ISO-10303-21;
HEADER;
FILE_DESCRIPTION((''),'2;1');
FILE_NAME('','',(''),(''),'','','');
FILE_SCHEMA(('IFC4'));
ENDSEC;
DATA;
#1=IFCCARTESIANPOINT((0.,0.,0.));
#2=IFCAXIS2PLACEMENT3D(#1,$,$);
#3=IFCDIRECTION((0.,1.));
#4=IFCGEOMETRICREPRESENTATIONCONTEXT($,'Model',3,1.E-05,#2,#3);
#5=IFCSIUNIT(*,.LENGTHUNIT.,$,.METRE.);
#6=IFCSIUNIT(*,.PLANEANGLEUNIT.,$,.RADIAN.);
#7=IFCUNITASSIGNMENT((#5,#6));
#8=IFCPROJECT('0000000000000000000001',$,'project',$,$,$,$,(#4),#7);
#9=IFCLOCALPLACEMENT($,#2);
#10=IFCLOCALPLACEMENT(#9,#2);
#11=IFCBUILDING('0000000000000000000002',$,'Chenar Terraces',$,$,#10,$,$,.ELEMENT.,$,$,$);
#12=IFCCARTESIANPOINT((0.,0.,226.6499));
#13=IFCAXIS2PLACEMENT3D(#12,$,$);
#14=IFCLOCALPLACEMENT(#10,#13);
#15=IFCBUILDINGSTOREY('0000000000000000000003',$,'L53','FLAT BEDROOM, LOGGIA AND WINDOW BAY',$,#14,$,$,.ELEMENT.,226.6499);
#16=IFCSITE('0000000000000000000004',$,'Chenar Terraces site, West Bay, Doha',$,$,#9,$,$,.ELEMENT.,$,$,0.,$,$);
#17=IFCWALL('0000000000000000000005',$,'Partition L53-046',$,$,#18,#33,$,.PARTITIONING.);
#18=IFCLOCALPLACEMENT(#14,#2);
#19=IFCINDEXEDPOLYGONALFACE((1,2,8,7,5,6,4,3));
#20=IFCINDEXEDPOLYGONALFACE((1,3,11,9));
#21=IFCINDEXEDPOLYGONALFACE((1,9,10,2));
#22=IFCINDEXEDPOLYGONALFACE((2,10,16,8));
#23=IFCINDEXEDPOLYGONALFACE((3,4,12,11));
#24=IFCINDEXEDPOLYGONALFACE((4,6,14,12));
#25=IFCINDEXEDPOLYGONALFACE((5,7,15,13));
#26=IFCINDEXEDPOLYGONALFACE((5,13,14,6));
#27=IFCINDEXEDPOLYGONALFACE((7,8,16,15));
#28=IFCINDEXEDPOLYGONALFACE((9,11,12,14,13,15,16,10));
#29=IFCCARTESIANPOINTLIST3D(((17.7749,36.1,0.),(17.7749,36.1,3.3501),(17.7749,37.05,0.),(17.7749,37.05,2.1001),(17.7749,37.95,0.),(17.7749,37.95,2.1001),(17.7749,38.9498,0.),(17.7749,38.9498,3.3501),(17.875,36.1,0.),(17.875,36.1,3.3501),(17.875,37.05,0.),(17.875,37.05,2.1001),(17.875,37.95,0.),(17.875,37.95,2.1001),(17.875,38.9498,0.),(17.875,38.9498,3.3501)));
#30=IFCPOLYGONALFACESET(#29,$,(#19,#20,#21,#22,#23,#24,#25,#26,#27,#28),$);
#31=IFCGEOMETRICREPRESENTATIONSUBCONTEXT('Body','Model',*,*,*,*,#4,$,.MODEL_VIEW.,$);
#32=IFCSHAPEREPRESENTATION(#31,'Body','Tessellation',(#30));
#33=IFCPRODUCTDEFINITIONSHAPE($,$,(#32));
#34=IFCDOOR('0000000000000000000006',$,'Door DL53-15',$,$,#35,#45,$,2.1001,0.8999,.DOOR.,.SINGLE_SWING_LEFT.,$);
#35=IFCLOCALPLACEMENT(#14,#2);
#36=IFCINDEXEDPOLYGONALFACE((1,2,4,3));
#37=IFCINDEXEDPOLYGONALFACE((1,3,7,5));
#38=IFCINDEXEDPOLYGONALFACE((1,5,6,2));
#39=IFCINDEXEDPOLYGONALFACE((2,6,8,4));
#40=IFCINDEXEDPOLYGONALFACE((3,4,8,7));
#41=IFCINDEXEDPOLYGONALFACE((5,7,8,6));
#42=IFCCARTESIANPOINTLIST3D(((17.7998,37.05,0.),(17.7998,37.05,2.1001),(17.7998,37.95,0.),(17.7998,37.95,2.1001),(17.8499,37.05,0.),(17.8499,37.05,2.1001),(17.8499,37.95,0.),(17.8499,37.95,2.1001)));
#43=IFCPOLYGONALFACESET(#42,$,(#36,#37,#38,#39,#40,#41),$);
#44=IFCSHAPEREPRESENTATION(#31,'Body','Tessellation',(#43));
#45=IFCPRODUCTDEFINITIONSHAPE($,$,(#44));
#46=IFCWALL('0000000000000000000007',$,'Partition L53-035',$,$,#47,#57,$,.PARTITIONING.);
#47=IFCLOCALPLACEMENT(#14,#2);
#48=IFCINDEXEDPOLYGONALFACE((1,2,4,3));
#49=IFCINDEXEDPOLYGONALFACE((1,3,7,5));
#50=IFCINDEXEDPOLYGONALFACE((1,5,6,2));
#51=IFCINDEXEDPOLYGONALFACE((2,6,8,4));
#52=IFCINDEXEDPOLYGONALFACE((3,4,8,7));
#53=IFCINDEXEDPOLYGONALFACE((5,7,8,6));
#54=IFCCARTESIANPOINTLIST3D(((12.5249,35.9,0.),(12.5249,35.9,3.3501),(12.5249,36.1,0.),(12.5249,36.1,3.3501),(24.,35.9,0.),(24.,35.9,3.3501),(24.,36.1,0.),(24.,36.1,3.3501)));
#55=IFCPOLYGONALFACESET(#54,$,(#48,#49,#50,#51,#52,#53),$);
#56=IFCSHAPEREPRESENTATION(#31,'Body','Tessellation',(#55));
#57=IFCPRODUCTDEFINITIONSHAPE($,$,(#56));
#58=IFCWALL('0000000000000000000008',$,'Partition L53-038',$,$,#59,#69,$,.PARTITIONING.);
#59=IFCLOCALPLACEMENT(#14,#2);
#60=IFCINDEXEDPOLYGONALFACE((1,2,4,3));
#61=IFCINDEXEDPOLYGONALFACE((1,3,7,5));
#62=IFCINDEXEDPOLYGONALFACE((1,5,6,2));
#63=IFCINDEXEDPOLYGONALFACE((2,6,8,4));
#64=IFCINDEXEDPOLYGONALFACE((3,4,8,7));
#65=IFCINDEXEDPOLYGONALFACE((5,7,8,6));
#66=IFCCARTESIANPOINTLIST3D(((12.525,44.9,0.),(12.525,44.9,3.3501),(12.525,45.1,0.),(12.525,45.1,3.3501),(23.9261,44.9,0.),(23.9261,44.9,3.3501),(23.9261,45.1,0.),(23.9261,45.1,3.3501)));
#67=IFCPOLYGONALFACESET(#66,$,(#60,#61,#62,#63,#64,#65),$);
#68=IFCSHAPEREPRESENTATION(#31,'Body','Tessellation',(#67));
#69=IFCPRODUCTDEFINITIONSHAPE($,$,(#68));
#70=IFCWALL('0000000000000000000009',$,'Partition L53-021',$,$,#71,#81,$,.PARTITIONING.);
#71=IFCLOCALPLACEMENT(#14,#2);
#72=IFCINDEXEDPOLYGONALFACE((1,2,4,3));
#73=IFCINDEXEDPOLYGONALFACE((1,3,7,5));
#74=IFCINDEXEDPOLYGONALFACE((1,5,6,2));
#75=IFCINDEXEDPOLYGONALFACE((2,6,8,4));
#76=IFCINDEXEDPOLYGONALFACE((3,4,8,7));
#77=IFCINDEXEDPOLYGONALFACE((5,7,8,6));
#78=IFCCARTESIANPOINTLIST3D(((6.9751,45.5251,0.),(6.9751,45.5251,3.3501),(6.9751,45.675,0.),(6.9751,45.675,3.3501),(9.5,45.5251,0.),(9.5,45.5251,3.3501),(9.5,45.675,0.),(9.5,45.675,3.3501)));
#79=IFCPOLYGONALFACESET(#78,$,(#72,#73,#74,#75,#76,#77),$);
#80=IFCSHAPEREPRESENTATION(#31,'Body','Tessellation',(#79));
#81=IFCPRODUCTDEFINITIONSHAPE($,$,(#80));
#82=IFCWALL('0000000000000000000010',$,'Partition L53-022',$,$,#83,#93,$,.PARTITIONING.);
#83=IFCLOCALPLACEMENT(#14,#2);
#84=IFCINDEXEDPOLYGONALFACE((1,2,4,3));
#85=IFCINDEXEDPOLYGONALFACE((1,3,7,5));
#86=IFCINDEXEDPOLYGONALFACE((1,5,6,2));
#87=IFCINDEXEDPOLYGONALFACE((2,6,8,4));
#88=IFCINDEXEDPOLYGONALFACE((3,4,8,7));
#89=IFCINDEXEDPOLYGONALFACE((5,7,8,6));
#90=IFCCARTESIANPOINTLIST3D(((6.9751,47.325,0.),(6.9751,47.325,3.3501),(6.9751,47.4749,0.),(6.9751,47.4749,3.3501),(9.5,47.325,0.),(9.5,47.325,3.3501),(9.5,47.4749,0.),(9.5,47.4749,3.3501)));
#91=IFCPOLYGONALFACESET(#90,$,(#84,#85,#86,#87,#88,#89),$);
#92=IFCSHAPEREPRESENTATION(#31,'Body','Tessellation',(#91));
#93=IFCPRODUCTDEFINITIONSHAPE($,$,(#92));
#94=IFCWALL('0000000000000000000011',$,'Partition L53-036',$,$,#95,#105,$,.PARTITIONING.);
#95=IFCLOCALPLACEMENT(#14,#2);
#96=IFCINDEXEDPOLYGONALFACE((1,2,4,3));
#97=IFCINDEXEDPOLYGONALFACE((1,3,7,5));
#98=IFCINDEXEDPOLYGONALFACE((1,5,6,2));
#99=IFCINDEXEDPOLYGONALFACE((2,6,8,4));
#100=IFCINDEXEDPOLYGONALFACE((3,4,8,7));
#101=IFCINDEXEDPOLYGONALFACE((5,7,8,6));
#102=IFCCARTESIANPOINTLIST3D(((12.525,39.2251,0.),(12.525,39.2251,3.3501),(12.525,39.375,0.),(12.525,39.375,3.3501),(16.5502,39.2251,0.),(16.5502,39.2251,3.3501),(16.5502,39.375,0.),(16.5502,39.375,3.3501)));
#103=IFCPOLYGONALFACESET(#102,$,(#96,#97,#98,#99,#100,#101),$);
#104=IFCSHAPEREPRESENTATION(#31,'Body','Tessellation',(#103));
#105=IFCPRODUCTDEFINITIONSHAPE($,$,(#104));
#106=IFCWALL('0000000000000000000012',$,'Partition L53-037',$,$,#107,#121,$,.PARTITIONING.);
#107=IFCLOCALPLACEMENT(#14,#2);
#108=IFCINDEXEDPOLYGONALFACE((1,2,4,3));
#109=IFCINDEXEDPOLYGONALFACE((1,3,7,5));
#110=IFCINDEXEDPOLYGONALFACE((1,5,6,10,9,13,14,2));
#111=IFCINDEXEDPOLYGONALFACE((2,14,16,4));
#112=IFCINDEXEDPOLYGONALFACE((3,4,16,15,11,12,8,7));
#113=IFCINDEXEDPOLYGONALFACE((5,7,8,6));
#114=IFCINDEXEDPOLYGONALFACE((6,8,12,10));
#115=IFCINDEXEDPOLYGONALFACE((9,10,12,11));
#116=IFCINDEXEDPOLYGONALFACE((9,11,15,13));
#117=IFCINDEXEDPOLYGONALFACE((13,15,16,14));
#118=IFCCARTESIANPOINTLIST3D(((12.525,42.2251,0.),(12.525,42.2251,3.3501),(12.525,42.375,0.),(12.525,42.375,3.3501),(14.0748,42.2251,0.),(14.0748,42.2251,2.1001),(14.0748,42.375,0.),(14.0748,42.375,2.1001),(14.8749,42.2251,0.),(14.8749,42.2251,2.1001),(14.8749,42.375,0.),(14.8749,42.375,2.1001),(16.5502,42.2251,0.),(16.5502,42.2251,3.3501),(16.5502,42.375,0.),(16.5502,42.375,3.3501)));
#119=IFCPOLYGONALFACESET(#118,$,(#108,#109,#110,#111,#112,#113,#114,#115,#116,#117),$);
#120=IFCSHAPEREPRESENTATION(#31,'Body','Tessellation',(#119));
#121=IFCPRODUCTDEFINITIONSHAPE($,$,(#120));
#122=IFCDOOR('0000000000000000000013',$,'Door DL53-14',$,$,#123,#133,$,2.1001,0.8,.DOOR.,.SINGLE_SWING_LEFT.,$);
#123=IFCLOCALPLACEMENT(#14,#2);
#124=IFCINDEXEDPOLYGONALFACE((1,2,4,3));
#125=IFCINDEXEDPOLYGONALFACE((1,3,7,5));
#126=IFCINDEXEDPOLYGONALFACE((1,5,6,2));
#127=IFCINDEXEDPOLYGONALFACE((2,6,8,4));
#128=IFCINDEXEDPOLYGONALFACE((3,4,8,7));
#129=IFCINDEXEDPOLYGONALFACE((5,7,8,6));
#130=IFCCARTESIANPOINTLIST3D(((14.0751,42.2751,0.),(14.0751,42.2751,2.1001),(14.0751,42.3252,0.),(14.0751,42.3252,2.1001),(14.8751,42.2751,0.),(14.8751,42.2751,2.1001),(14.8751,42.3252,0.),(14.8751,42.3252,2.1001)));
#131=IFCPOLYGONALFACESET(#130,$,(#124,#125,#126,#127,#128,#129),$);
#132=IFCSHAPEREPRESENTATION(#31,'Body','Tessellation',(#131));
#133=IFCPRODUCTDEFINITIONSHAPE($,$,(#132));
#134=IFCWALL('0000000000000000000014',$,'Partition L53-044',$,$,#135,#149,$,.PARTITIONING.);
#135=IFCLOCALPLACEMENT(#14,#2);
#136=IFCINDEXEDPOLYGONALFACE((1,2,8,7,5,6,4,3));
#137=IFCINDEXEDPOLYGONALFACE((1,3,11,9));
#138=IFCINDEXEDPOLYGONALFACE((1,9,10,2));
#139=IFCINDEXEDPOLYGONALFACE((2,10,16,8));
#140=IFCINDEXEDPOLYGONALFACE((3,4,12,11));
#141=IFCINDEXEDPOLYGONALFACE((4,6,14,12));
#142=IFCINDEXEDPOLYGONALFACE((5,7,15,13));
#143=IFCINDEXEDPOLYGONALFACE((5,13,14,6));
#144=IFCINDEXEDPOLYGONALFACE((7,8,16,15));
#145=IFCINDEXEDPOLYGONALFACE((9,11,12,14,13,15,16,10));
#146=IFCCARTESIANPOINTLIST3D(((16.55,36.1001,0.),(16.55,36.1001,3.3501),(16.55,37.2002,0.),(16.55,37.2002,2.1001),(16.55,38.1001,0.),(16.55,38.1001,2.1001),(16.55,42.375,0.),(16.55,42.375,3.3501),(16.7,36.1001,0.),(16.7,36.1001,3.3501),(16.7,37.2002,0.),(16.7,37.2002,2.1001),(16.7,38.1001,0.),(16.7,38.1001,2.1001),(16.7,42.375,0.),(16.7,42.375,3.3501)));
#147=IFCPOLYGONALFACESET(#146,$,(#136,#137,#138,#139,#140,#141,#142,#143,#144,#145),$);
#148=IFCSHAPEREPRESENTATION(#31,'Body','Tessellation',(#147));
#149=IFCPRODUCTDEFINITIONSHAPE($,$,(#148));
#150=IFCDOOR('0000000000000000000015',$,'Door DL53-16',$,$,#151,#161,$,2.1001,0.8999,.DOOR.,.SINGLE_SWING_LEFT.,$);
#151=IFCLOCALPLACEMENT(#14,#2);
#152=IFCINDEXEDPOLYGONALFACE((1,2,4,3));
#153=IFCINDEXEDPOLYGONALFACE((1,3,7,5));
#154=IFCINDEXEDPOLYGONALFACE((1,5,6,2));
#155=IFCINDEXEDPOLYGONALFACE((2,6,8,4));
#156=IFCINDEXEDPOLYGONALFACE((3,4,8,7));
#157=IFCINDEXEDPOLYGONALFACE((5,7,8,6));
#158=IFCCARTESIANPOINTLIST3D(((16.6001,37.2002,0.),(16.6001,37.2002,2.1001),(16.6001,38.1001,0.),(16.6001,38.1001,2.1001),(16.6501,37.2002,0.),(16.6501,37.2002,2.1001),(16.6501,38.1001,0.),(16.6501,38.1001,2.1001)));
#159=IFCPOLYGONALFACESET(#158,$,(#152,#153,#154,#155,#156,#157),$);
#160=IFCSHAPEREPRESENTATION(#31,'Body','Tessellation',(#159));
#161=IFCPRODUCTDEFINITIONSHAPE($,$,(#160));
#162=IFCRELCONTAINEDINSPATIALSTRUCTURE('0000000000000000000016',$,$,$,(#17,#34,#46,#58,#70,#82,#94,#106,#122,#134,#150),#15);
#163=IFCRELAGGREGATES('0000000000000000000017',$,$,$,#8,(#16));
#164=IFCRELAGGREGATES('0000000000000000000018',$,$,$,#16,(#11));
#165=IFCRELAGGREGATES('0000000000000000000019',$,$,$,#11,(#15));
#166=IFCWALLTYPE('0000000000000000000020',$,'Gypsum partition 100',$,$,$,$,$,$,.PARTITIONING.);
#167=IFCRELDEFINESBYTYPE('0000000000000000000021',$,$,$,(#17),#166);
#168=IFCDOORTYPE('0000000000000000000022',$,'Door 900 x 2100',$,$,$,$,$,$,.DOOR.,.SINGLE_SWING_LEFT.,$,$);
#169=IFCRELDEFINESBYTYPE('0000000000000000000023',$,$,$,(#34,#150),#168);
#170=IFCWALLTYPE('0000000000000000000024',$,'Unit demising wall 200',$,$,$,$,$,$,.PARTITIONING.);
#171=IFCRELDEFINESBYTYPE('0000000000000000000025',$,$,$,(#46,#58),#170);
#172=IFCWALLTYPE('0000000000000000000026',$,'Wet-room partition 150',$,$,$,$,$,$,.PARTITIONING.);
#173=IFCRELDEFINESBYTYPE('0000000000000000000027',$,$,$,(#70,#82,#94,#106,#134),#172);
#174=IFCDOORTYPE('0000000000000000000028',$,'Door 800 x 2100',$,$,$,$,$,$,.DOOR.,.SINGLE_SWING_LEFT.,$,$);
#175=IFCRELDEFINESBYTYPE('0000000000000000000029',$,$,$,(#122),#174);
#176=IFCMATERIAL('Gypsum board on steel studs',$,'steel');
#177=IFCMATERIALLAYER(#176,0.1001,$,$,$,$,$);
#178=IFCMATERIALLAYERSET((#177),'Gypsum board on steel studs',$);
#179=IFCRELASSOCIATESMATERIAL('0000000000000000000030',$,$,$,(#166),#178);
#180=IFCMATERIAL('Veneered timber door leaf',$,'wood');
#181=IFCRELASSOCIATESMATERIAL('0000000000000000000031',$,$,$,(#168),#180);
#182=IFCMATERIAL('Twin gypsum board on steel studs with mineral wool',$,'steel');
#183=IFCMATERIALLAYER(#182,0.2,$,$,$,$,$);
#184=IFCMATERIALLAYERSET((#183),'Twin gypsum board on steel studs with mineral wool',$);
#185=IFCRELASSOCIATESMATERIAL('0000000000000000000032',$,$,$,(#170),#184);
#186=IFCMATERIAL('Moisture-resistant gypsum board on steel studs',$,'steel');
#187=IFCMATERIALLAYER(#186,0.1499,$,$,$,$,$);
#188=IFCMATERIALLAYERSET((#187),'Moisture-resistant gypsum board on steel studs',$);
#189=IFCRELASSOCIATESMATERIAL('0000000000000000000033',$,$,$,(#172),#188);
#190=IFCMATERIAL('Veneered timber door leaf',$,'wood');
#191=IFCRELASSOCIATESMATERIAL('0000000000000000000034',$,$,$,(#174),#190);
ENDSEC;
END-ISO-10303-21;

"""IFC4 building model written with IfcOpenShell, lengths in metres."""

from ifc_helpers import new_model, si_unit, direction, frame, frame_2d, origin, place, context, subcontext, project, spatial, rectangle, extrude, material, layer, layer_set, type_object, element, fill, save


model = new_model("IFC4")

# Units and contexts
model_context = context("Model", 3, precision=1e-05, world=origin(), true_north=direction((0.0, 1.0)))
body_context = subcontext(model_context, "Body", "Model", "MODEL_VIEW")
ifc_project = project(units=[si_unit("LENGTHUNIT", "METRE"), si_unit("PLANEANGLEUNIT", "RADIAN")], contexts=[model_context])

# Site, building, storey
site_placement = place(None, origin())
site = spatial("IfcSite", under=ifc_project, at=site_placement, Name="Chenar Terraces site, West Bay, Doha", CompositionType="ELEMENT", RefElevation=0.0)
building_placement = place(site_placement, origin())
building = spatial("IfcBuilding", under=site, at=building_placement, Name="Chenar Terraces", CompositionType="ELEMENT")
storey_placement = place(building_placement, frame((0.0, 0.0, 226.6499)))
storey = spatial("IfcBuildingStorey", under=building, at=storey_placement, Name="L53", Description="FLAT BEDROOM, LOGGIA AND WINDOW BAY", CompositionType="ELEMENT", Elevation=226.6499)

# Shared definitions
ifc_material_1 = material(Name="Gypsum board on steel studs", Category="steel")
ifc_layer_1 = layer(ifc_material_1, 0.1001)
ifc_layer_set_1 = layer_set([ifc_layer_1], Name="Gypsum board on steel studs")
wall_type_1 = type_object("IfcWallType", Name="Gypsum partition 100", PredefinedType="PARTITIONING", material=ifc_layer_set_1)

# Wall, opening, door
wall_1_placement = place(storey_placement, frame((17.825, 36.1001, 0.0), z_axis=(0.0, 0.0, 1.0), x_axis=(0.0, 1.0, 0.0)))
wall_1 = element("IfcWall", 1, at=wall_1_placement, inside=storey, type_object=wall_type_1, Name="Partition L53-046", PredefinedType="PARTITIONING", context=body_context, shape_type="SweptSolid", body=[
    extrude(rectangle(XDim=2.8499, YDim=0.1001, at=frame_2d((1.4248, 0.0))), origin(), (0.0, 0.0, 1.0), 3.3501),
])
opening_1_placement = place(wall_1_placement, frame((0.95, 0.0, 0.0)))
opening_1 = element("IfcOpeningElement", 2, at=opening_1_placement, cuts=wall_1, PredefinedType="OPENING", context=body_context, shape_type="SweptSolid", body=[
    extrude(rectangle(XDim=0.8999, YDim=2.1001, at=frame_2d((0.45, 1.05))), frame((0.0, 0.0601, 0.0), z_axis=(0.0, -1.0, 0.0), x_axis=(1.0, 0.0, 0.0)), (0.0, 0.0, 1.0), 0.1201),
])
ifc_material_2 = material(Name="Veneered timber door leaf", Category="wood")
door_type_1 = type_object("IfcDoorType", Name="Door 900 x 2100", OperationType="SINGLE_SWING_LEFT", PredefinedType="DOOR", material=ifc_material_2)
door_1_placement = place(opening_1_placement, frame((0.8999, 0.0, 0.0), z_axis=(0.0, 0.0, 1.0), x_axis=(-1.0, 0.0, 0.0)))
door_1 = element("IfcDoor", 3, at=door_1_placement, inside=storey, type_object=door_type_1, Name="Door DL53-15", OperationType="SINGLE_SWING_LEFT", OverallHeight=2.1001, OverallWidth=0.8999, PredefinedType="DOOR", context=body_context, shape_type="SweptSolid", body=[
    extrude(rectangle(XDim=0.8999, YDim=2.1001, at=frame_2d((0.45, 1.05))), frame((0.0, 0.0249, 0.0), z_axis=(0.0, -1.0, 0.0), x_axis=(1.0, 0.0, 0.0)), (0.0, 0.0, 1.0), 0.05),
])
fill(opening_1, door_1)

# Walls
ifc_material_3 = material(Name="Twin gypsum board on steel studs with mineral wool", Category="steel")
ifc_layer_2 = layer(ifc_material_3, 0.2)
ifc_layer_set_2 = layer_set([ifc_layer_2], Name="Twin gypsum board on steel studs with mineral wool")
wall_type_2 = type_object("IfcWallType", Name="Unit demising wall 200", PredefinedType="PARTITIONING", material=ifc_layer_set_2)
wall_2_placement = place(storey_placement, frame((12.5249, 36.0, 0.0), z_axis=(0.0, 0.0, 1.0), x_axis=(1.0, 0.0, 0.0)))
element("IfcWall", 4, at=wall_2_placement, inside=storey, type_object=wall_type_2, Name="Partition L53-035", PredefinedType="PARTITIONING", context=body_context, shape_type="SweptSolid", body=[
    extrude(rectangle(XDim=11.4751, YDim=0.2, at=frame_2d((5.7375, 0.0))), origin(), (0.0, 0.0, 1.0), 3.3501),
])
wall_3_placement = place(storey_placement, frame((12.5249, 45.0, 0.0), z_axis=(0.0, 0.0, 1.0), x_axis=(1.0, 0.0, 0.0)))
element("IfcWall", 5, at=wall_3_placement, inside=storey, type_object=wall_type_2, Name="Partition L53-038", PredefinedType="PARTITIONING", context=body_context, shape_type="SweptSolid", body=[
    extrude(rectangle(XDim=11.4011, YDim=0.2, at=frame_2d((5.7007, 0.0))), origin(), (0.0, 0.0, 1.0), 3.3501),
])
ifc_material_4 = material(Name="Moisture-resistant gypsum board on steel studs", Category="steel")
ifc_layer_3 = layer(ifc_material_4, 0.1499)
ifc_layer_set_3 = layer_set([ifc_layer_3], Name="Moisture-resistant gypsum board on steel studs")
wall_type_3 = type_object("IfcWallType", Name="Wet-room partition 150", PredefinedType="PARTITIONING", material=ifc_layer_set_3)
for number, where, z_axis, x_axis, name in (
    (6, (6.9751, 45.6001, 0.0), (0.0, 0.0, 1.0), (1.0, 0.0, 0.0), "Partition L53-021"),
    (7, (6.9751, 47.3999, 0.0), (0.0, 0.0, 1.0), (1.0, 0.0, 0.0), "Partition L53-022"),
):
    element("IfcWall", number, at=place(storey_placement, frame(where, z_axis=z_axis, x_axis=x_axis)), inside=storey, type_object=wall_type_3, Name=name, PredefinedType="PARTITIONING", context=body_context, shape_type="SweptSolid", body=[
        extrude(rectangle(XDim=2.5249, YDim=0.1499, at=frame_2d((1.2625, 0.0))), origin(), (0.0, 0.0, 1.0), 3.3501),
    ])
wall_4_placement = place(storey_placement, frame((12.5249, 39.3, 0.0), z_axis=(0.0, 0.0, 1.0), x_axis=(1.0, 0.0, 0.0)))
element("IfcWall", 8, at=wall_4_placement, inside=storey, type_object=wall_type_3, Name="Partition L53-036", PredefinedType="PARTITIONING", context=body_context, shape_type="SweptSolid", body=[
    extrude(rectangle(XDim=4.0251, YDim=0.1499, at=frame_2d((2.0127, 0.0))), origin(), (0.0, 0.0, 1.0), 3.3501),
])

# Walls, openings, doors
wall_5_placement = place(storey_placement, frame((12.5249, 42.3, 0.0), z_axis=(0.0, 0.0, 1.0), x_axis=(1.0, 0.0, 0.0)))
wall_5 = element("IfcWall", 9, at=wall_5_placement, inside=storey, type_object=wall_type_3, Name="Partition L53-037", PredefinedType="PARTITIONING", context=body_context, shape_type="SweptSolid", body=[
    extrude(rectangle(XDim=4.0251, YDim=0.1499, at=frame_2d((2.0127, 0.0))), origin(), (0.0, 0.0, 1.0), 3.3501),
])
opening_2_placement = place(wall_5_placement, frame((1.55, 0.0, 0.0)))
opening_2 = element("IfcOpeningElement", 10, at=opening_2_placement, cuts=wall_5, PredefinedType="OPENING", context=body_context, shape_type="SweptSolid", body=[
    extrude(rectangle(XDim=0.8, YDim=2.1001, at=frame_2d((0.3999, 1.05))), frame((0.0, 0.085, 0.0), z_axis=(0.0, -1.0, 0.0), x_axis=(1.0, 0.0, 0.0)), (0.0, 0.0, 1.0), 0.1699),
])
ifc_material_5 = material(Name="Veneered timber door leaf", Category="wood")
door_type_2 = type_object("IfcDoorType", Name="Door 800 x 2100", OperationType="SINGLE_SWING_LEFT", PredefinedType="DOOR", material=ifc_material_5)
door_2_placement = place(opening_2_placement, frame((0.8, 0.0, 0.0), z_axis=(0.0, 0.0, 1.0), x_axis=(-1.0, 0.0, 0.0)))
door_2 = element("IfcDoor", 11, at=door_2_placement, inside=storey, type_object=door_type_2, Name="Door DL53-14", OperationType="SINGLE_SWING_LEFT", OverallHeight=2.1001, OverallWidth=0.8, PredefinedType="DOOR", context=body_context, shape_type="SweptSolid", body=[
    extrude(rectangle(XDim=0.8, YDim=2.1001, at=frame_2d((0.3999, 1.05))), frame((0.0, 0.0249, 0.0), z_axis=(0.0, -1.0, 0.0), x_axis=(1.0, 0.0, 0.0)), (0.0, 0.0, 1.0), 0.05),
])
fill(opening_2, door_2)
wall_6_placement = place(storey_placement, frame((16.625, 36.1001, 0.0), z_axis=(0.0, 0.0, 1.0), x_axis=(0.0, 1.0, 0.0)))
wall_6 = element("IfcWall", 12, at=wall_6_placement, inside=storey, type_object=wall_type_3, Name="Partition L53-044", PredefinedType="PARTITIONING", context=body_context, shape_type="SweptSolid", body=[
    extrude(rectangle(XDim=6.2749, YDim=0.1499, at=frame_2d((3.1375, 0.0))), origin(), (0.0, 0.0, 1.0), 3.3501),
])
opening_3_placement = place(wall_6_placement, frame((1.1001, 0.0, 0.0)))
opening_3 = element("IfcOpeningElement", 13, at=opening_3_placement, cuts=wall_6, PredefinedType="OPENING", context=body_context, shape_type="SweptSolid", body=[
    extrude(rectangle(XDim=0.8999, YDim=2.1001, at=frame_2d((0.45, 1.05))), frame((0.0, 0.085, 0.0), z_axis=(0.0, -1.0, 0.0), x_axis=(1.0, 0.0, 0.0)), (0.0, 0.0, 1.0), 0.1699),
])
door_3_placement = place(opening_3_placement, origin())
door_3 = element("IfcDoor", 14, at=door_3_placement, inside=storey, type_object=door_type_1, Name="Door DL53-16", OperationType="SINGLE_SWING_LEFT", OverallHeight=2.1001, OverallWidth=0.8999, PredefinedType="DOOR", context=body_context, shape_type="SweptSolid", body=[
    extrude(rectangle(XDim=0.8999, YDim=2.1001, at=frame_2d((0.45, 1.05))), frame((0.0, 0.0249, 0.0), z_axis=(0.0, -1.0, 0.0), x_axis=(1.0, 0.0, 0.0)), (0.0, 0.0, 1.0), 0.05),
])
fill(opening_3, door_3)

save(model, "model.ifc")
